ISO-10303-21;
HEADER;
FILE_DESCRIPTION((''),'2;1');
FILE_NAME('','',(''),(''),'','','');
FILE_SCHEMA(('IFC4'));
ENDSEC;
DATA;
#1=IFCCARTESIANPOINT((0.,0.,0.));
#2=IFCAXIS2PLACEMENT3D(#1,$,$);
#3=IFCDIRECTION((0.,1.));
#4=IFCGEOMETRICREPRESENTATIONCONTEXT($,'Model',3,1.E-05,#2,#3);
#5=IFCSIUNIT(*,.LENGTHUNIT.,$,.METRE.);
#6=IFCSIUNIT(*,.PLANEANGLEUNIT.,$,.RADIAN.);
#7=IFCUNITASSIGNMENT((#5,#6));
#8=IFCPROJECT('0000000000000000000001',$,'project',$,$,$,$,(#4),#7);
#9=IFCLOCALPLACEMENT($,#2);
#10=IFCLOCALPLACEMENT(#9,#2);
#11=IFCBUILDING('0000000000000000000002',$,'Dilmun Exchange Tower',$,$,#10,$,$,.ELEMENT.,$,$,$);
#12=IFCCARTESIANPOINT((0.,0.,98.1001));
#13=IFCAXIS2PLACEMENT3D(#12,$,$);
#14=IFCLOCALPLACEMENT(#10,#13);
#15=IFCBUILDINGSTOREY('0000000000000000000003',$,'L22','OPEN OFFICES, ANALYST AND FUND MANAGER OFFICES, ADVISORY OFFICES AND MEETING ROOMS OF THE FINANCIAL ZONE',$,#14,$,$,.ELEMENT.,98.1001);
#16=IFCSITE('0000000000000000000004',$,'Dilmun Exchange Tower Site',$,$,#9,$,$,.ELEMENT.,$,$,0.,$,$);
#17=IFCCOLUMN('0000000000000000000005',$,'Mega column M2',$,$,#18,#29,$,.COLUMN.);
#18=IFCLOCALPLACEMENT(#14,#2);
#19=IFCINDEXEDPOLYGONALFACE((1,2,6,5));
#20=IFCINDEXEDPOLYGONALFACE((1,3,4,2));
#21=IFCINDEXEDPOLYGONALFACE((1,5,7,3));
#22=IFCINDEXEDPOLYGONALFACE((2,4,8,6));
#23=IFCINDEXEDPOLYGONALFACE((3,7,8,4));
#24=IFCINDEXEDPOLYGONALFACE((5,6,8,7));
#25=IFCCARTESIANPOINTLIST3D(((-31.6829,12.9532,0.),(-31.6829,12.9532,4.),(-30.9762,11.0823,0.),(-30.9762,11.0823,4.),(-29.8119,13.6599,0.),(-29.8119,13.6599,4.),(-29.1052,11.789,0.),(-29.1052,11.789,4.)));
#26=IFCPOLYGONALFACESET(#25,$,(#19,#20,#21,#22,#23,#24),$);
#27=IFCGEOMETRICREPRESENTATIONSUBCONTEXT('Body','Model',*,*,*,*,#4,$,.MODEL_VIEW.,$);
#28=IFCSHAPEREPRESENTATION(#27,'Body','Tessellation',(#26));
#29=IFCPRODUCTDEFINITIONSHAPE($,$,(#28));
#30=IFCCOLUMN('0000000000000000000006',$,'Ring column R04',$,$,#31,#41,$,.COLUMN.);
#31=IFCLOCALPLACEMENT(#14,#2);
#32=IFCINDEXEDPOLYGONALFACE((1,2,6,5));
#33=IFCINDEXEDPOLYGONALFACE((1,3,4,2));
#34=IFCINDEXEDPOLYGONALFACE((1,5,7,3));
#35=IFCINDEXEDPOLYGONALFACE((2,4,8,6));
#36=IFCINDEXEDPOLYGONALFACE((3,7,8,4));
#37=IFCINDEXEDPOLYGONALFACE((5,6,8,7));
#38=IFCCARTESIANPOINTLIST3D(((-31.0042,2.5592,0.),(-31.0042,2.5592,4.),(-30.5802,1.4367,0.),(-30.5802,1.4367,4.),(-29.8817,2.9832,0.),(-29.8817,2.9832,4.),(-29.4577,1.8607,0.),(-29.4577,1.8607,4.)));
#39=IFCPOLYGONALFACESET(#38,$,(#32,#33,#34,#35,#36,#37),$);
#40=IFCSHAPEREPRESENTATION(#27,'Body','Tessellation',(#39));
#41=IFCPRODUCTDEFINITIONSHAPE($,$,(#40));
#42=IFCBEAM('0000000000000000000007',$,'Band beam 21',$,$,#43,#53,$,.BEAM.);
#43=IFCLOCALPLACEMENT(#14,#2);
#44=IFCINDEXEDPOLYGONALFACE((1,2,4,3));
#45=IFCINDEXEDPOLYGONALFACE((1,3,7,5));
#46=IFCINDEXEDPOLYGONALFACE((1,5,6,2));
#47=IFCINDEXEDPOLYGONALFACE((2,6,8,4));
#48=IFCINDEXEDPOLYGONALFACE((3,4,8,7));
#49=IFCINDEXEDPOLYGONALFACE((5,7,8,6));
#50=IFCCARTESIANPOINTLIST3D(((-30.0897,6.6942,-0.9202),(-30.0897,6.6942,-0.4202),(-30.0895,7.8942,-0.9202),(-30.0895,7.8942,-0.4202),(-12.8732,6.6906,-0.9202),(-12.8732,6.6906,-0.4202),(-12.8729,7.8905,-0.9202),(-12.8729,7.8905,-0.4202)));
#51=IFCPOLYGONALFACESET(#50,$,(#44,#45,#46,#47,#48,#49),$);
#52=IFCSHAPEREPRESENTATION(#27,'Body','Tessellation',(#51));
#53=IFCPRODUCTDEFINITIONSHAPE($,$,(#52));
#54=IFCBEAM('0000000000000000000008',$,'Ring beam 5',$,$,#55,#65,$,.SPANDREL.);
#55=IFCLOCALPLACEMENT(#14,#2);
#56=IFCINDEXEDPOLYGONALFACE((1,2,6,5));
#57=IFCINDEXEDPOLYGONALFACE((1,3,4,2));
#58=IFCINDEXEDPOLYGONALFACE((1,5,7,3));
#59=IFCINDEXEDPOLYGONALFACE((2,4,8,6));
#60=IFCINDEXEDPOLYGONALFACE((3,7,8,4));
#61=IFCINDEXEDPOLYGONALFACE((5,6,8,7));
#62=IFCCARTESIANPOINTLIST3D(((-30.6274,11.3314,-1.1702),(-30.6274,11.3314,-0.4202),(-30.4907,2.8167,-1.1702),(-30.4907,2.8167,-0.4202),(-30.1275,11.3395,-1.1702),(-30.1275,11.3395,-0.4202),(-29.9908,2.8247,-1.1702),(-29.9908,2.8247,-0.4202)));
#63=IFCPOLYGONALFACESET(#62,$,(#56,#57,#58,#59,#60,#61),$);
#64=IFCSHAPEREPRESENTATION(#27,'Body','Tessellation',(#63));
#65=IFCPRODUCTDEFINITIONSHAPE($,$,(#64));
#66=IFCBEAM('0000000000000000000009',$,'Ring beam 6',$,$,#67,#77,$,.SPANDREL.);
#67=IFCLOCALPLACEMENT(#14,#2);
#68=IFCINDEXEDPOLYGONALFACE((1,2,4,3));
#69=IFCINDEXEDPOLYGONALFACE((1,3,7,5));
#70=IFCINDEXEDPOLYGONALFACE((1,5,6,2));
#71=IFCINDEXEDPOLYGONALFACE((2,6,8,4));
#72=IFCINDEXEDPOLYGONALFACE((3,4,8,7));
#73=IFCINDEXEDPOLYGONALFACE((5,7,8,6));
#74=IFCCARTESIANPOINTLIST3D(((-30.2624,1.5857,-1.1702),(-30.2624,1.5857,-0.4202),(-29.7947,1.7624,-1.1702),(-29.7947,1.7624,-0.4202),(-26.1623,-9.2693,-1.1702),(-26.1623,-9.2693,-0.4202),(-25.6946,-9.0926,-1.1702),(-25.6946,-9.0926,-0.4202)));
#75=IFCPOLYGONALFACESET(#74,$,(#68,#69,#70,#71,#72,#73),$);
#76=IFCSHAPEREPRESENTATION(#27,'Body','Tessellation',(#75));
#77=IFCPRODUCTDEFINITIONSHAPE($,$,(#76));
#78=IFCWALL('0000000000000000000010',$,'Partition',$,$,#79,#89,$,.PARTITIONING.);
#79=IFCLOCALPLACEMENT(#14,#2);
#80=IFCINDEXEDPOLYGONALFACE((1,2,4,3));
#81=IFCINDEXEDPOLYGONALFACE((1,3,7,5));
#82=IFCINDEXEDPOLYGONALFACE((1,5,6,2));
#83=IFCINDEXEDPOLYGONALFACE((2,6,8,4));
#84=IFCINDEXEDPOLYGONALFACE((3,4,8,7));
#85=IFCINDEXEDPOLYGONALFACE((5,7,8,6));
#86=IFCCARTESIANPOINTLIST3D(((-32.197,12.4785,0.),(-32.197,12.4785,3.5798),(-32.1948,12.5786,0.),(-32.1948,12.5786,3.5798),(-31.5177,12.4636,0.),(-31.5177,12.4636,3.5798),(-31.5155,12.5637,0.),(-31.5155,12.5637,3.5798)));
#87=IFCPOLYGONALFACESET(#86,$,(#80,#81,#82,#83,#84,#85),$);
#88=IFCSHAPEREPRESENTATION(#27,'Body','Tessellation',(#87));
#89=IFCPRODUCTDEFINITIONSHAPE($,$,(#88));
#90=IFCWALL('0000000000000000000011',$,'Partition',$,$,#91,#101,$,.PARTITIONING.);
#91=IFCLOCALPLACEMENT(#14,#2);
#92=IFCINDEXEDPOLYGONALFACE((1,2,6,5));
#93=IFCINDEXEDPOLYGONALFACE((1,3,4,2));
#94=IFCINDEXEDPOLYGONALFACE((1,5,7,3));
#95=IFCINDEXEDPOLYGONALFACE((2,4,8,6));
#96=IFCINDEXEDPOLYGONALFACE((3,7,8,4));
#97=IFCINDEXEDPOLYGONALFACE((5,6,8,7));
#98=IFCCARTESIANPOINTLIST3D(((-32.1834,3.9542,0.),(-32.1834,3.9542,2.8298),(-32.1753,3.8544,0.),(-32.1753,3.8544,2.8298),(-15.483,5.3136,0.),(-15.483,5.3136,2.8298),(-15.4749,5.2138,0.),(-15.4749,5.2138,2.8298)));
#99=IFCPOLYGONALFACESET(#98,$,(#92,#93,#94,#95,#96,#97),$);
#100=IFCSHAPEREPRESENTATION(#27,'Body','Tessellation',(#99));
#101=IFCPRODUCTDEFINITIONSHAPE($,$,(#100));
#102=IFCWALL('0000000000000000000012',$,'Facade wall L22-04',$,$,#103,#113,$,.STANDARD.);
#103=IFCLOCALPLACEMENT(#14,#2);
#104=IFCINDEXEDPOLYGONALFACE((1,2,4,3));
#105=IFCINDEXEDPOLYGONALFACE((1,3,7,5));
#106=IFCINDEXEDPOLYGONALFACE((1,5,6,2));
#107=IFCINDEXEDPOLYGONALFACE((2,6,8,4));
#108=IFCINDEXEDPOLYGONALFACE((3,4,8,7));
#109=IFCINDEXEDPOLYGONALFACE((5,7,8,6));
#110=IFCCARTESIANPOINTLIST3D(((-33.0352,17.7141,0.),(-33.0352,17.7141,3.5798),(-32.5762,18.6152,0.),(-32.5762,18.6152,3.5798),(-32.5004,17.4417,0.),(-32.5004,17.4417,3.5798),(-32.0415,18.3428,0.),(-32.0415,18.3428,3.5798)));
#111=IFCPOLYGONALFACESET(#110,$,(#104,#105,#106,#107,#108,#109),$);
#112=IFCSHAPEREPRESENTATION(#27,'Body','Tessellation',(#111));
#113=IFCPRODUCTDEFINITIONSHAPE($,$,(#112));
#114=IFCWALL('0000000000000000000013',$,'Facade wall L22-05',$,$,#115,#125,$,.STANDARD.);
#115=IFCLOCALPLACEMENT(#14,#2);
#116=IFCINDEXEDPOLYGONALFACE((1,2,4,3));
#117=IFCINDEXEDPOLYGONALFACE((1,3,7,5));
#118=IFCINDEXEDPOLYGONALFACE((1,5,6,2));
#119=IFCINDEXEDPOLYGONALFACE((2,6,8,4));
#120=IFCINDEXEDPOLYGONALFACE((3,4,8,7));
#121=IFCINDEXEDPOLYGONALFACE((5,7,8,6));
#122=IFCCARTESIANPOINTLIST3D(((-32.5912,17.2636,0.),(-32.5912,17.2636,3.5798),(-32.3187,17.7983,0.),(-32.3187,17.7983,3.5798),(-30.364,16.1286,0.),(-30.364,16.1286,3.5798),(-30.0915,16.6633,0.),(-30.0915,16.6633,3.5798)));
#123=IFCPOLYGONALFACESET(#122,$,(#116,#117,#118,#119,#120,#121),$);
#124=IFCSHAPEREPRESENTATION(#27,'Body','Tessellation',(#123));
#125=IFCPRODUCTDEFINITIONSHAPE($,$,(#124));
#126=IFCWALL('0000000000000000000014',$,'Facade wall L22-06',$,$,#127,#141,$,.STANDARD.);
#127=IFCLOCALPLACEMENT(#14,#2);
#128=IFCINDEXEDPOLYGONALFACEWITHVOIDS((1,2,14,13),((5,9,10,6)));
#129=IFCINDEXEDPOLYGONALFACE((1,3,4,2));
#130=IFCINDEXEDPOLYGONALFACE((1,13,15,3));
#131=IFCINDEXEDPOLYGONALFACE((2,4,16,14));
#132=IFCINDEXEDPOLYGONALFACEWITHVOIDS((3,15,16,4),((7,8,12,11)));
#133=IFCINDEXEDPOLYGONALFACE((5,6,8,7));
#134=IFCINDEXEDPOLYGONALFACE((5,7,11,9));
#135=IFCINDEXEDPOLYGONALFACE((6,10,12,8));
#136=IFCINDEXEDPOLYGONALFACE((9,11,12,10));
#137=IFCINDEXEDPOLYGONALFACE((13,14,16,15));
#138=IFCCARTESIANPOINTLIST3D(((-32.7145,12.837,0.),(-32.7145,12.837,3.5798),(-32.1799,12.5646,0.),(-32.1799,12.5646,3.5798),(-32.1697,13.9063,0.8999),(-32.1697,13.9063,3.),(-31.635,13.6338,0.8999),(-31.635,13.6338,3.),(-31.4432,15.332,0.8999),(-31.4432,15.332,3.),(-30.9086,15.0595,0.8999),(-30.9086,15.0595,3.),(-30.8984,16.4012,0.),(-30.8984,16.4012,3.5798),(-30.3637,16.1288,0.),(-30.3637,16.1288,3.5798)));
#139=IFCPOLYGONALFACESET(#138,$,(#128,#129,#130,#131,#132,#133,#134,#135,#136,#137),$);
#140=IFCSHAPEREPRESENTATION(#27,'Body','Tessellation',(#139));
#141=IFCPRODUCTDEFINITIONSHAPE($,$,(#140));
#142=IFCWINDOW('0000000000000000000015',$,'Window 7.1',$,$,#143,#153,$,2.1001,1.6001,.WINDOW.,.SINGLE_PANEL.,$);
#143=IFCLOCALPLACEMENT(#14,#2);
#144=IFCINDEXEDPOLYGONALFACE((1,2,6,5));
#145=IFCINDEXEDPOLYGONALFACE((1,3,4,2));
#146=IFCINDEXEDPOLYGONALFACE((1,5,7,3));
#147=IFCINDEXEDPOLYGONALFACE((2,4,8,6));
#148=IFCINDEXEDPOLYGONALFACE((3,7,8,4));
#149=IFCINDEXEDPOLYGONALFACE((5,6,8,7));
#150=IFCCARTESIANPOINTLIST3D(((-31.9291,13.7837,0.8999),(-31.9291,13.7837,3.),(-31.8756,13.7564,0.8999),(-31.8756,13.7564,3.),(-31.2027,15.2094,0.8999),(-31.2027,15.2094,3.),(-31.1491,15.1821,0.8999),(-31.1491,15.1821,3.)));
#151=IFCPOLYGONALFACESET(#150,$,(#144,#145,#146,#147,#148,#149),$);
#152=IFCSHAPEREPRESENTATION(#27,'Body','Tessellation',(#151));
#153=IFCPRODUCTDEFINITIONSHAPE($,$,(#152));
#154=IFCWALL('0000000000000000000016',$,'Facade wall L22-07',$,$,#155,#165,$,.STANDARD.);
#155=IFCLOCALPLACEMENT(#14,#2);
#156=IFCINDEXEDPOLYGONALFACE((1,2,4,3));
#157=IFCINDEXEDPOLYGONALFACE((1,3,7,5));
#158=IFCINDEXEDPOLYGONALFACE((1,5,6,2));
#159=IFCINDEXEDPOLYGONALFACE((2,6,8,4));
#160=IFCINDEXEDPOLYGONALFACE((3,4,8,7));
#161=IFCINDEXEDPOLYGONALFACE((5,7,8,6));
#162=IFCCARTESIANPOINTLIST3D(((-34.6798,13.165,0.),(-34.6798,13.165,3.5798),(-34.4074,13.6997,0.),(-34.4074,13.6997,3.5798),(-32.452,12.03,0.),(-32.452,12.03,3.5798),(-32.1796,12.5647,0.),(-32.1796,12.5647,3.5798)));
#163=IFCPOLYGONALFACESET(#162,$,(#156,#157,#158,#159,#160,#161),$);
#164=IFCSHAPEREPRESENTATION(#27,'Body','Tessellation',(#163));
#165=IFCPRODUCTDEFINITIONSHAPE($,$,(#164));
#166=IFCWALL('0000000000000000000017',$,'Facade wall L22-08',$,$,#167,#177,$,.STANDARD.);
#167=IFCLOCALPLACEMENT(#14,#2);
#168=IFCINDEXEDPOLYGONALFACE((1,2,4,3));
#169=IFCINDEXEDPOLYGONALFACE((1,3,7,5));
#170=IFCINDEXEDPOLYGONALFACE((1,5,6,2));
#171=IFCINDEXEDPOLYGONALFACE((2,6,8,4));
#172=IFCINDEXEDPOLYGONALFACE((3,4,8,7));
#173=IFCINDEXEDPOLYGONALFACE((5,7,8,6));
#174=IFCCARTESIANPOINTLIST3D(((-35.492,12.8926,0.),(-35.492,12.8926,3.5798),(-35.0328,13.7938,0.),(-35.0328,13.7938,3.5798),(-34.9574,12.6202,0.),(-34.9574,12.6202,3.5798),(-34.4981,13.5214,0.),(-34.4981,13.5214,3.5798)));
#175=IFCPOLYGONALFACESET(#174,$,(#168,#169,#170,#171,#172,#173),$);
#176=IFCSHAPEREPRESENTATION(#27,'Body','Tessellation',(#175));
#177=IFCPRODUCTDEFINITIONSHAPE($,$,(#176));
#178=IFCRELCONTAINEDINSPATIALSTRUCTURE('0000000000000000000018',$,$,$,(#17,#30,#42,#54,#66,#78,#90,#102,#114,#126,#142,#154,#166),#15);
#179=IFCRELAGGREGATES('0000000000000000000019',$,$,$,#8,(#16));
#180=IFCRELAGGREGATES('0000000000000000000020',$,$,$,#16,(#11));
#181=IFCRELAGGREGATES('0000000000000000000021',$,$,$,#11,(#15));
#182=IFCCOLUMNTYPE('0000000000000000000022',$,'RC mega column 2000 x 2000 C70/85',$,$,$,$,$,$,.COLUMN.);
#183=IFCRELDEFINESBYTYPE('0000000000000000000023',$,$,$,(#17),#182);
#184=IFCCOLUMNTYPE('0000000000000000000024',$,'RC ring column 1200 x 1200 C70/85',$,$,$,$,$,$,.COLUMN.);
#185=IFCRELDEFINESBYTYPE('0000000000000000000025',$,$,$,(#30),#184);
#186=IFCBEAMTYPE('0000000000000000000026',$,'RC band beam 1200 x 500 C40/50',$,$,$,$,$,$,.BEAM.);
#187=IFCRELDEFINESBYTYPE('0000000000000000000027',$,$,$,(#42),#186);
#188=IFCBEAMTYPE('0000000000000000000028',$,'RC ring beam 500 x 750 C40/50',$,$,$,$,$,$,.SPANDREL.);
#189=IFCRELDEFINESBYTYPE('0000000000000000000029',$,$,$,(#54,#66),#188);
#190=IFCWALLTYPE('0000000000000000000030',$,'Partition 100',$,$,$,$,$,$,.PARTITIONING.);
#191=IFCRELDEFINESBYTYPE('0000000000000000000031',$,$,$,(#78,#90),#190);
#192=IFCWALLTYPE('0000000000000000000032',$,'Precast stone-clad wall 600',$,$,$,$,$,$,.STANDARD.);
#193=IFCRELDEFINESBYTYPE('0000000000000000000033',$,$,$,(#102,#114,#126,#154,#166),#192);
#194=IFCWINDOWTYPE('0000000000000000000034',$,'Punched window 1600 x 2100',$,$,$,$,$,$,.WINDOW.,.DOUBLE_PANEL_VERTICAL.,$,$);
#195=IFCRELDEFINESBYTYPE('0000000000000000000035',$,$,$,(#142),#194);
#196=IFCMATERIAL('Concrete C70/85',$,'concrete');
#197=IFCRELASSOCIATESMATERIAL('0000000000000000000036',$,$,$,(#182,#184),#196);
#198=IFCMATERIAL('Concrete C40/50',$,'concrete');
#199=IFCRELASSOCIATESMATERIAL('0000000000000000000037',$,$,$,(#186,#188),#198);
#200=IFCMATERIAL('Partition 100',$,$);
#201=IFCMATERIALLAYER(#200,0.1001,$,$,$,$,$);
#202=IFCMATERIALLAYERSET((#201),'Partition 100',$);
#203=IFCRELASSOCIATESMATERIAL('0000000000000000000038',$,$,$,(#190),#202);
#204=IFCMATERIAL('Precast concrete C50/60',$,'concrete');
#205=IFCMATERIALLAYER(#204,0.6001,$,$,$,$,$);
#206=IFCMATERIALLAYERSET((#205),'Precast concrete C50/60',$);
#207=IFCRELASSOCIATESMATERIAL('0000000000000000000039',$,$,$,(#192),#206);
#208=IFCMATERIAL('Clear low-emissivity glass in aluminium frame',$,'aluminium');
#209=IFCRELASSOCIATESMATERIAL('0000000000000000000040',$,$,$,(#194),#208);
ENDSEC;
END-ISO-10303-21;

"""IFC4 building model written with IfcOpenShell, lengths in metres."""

from ifc_helpers import new_model, si_unit, direction, frame, frame_2d, origin, origin_2d, place, context, subcontext, project, spatial, rectangle, extrude, material, layer, layer_set, material_profile, profile_set, type_object, element, fill, save


model = new_model("IFC4")

# Units and contexts
model_context = context("Model", 3, precision=1e-05, world=origin(), true_north=direction((0.0, 1.0)))
body_context = subcontext(model_context, "Body", "Model", "MODEL_VIEW")
ifc_project = project(units=[si_unit("LENGTHUNIT", "METRE"), si_unit("PLANEANGLEUNIT", "RADIAN")], contexts=[model_context])

# Site, building, storey
site_placement = place(None, origin())
site = spatial("IfcSite", under=ifc_project, at=site_placement, Name="Dilmun Exchange Tower Site", CompositionType="ELEMENT", RefElevation=0.0)
building_placement = place(site_placement, origin())
building = spatial("IfcBuilding", under=site, at=building_placement, Name="Dilmun Exchange Tower", CompositionType="ELEMENT")
storey_placement = place(building_placement, frame((0.0, 0.0, 98.1001)))
storey = spatial("IfcBuildingStorey", under=building, at=storey_placement, Name="L22", Description="OPEN OFFICES, ANALYST AND FUND MANAGER OFFICES, ADVISORY OFFICES AND MEETING ROOMS OF THE FINANCIAL ZONE", CompositionType="ELEMENT", Elevation=98.1001)

# Columns
ifc_material_1 = material(Name="Concrete C70/85", Category="concrete")
ifc_material_profile_1 = material_profile(ifc_material_1, rectangle(XDim=2.0, YDim=2.0, at=origin_2d()), Name="2000 x 2000")
ifc_profile_set_1 = profile_set([ifc_material_profile_1], Name="Concrete C70/85")
column_type_1 = type_object("IfcColumnType", Name="RC mega column 2000 x 2000 C70/85", PredefinedType="COLUMN", material=ifc_profile_set_1)
column_1_placement = place(storey_placement, frame((-30.394, 12.3711, 0.0), z_axis=(0.0, 0.0, 1.0), x_axis=(0.935492, 0.353349, 0.0)))
element("IfcColumn", 1, at=column_1_placement, inside=storey, type_object=column_type_1, Name="Mega column M2", PredefinedType="COLUMN", context=body_context, shape_type="SweptSolid", body=[
    extrude(rectangle(XDim=2.0, YDim=2.0, at=origin_2d()), origin(), (0.0, 0.0, 1.0), 4.0),
])
ifc_material_profile_2 = material_profile(ifc_material_1, rectangle(XDim=1.2, YDim=1.2, at=origin_2d()), Name="1200 x 1200")
ifc_profile_set_2 = profile_set([ifc_material_profile_2], Name="Concrete C70/85")
column_type_2 = type_object("IfcColumnType", Name="RC ring column 1200 x 1200 C70/85", PredefinedType="COLUMN", material=ifc_profile_set_2)
column_2_placement = place(storey_placement, frame((-30.231, 2.21, 0.0), z_axis=(0.0, 0.0, 1.0), x_axis=(0.935492, 0.353349, 0.0)))
element("IfcColumn", 2, at=column_2_placement, inside=storey, type_object=column_type_2, Name="Ring column R04", PredefinedType="COLUMN", context=body_context, shape_type="SweptSolid", body=[
    extrude(rectangle(XDim=1.2, YDim=1.2, at=origin_2d()), origin(), (0.0, 0.0, 1.0), 4.0),
])

# Beams
ifc_material_2 = material(Name="Concrete C40/50", Category="concrete")
ifc_material_profile_3 = material_profile(ifc_material_2, rectangle(XDim=1.2, YDim=0.5, at=origin_2d()), Name="1200 x 500")
ifc_profile_set_3 = profile_set([ifc_material_profile_3], Name="Concrete C40/50")
beam_type_1 = type_object("IfcBeamType", Name="RC band beam 1200 x 500 C40/50", PredefinedType="BEAM", material=ifc_profile_set_3)
beam_1_placement = place(storey_placement, frame((-30.0896, 7.2942, -0.6702), z_axis=(1.0, -0.000213, 0.0), x_axis=(0.000213, 1.0, 0.0)))
element("IfcBeam", 3, at=beam_1_placement, inside=storey, type_object=beam_type_1, Name="Band beam 21", PredefinedType="BEAM", context=body_context, shape_type="SweptSolid", body=[
    extrude(rectangle(XDim=1.2, YDim=0.5, at=origin_2d()), origin(), (0.0, 0.0, 1.0), 17.2166),
])
ifc_material_profile_4 = material_profile(ifc_material_2, rectangle(XDim=0.5, YDim=0.75, at=origin_2d()), Name="500 x 750")
ifc_profile_set_4 = profile_set([ifc_material_profile_4], Name="Concrete C40/50")
beam_type_2 = type_object("IfcBeamType", Name="RC ring beam 500 x 750 C40/50", PredefinedType="SPANDREL", material=ifc_profile_set_4)
beam_2_placement = place(storey_placement, frame((-30.3774, 11.3354, -0.7952), z_axis=(0.016054, -0.999871, 0.0), x_axis=(0.999871, 0.016054, 0.0)))
element("IfcBeam", 4, at=beam_2_placement, inside=storey, type_object=beam_type_2, Name="Ring beam 5", PredefinedType="SPANDREL", context=body_context, shape_type="SweptSolid", body=[
    extrude(rectangle(XDim=0.5, YDim=0.75, at=origin_2d()), origin(), (0.0, 0.0, 1.0), 8.5159),
])
beam_3_placement = place(storey_placement, frame((-30.0286, 1.6741, -0.7952), z_axis=(0.35335, -0.935491, 0.0), x_axis=(0.935491, 0.35335, 0.0)))
element("IfcBeam", 5, at=beam_3_placement, inside=storey, type_object=beam_type_2, Name="Ring beam 6", PredefinedType="SPANDREL", context=body_context, shape_type="SweptSolid", body=[
    extrude(rectangle(XDim=0.5, YDim=0.75, at=origin_2d()), origin(), (0.0, 0.0, 1.0), 11.6035),
])

# Walls
ifc_material_3 = material(Name="Partition 100")
ifc_layer_1 = layer(ifc_material_3, 0.1001)
ifc_layer_set_1 = layer_set([ifc_layer_1], Name="Partition 100")
wall_type_1 = type_object("IfcWallType", Name="Partition 100", PredefinedType="PARTITIONING", material=ifc_layer_set_1)
wall_1_placement = place(storey_placement, frame((-32.196, 12.5286, 0.0), z_axis=(0.0, 0.0, 1.0), x_axis=(0.99976, -0.021921, 0.0)))
element("IfcWall", 6, at=wall_1_placement, inside=storey, type_object=wall_type_1, Name="Partition", PredefinedType="PARTITIONING", context=body_context, shape_type="SweptSolid", body=[
    extrude(rectangle(XDim=0.6794, YDim=0.1001, at=frame_2d((0.3398, 0.0))), origin(), (0.0, 0.0, 1.0), 3.5798),
])
wall_2_placement = place(storey_placement, frame((-32.1794, 3.9043, 0.0), z_axis=(0.0, 0.0, 1.0), x_axis=(0.996704, 0.081129, 0.0)))
element("IfcWall", 7, at=wall_2_placement, inside=storey, type_object=wall_type_1, Name="Partition", PredefinedType="PARTITIONING", context=body_context, shape_type="SweptSolid", body=[
    extrude(rectangle(XDim=16.7556, YDim=0.1001, at=frame_2d((8.3779, 0.0))), origin(), (0.0, 0.0, 1.0), 2.8298),
])
ifc_material_4 = material(Name="Precast concrete C50/60", Category="concrete")
ifc_layer_2 = layer(ifc_material_4, 0.6001)
ifc_layer_set_2 = layer_set([ifc_layer_2], Name="Precast concrete C50/60")
wall_type_2 = type_object("IfcWallType", Name="Precast stone-clad wall 600", PredefinedType="STANDARD", material=ifc_layer_set_2)
wall_3_placement = place(storey_placement, frame((-32.3088, 18.479, 0.0), z_axis=(0.0, 0.0, 1.0), x_axis=(-0.453864, -0.891071, 0.0)))
element("IfcWall", 8, at=wall_3_placement, inside=storey, type_object=wall_type_2, Name="Facade wall L22-04", PredefinedType="STANDARD", context=body_context, shape_type="SweptSolid", body=[
    extrude(rectangle(XDim=1.0112, YDim=0.6001, at=frame_2d((0.5056, 0.0))), origin(), (0.0, 0.0, 1.0), 3.5798),
])
wall_4_placement = place(storey_placement, frame((-32.4551, 17.531, 0.0), z_axis=(0.0, 0.0, 1.0), x_axis=(0.890983, -0.454037, 0.0)))
element("IfcWall", 9, at=wall_4_placement, inside=storey, type_object=wall_type_2, Name="Facade wall L22-05", PredefinedType="STANDARD", context=body_context, shape_type="SweptSolid", body=[
    extrude(rectangle(XDim=2.4998, YDim=0.6001, at=frame_2d((1.25, 0.0))), origin(), (0.0, 0.0, 1.0), 3.5798),
])

# Wall, opening, window
wall_5_placement = place(storey_placement, frame((-30.6311, 16.2649, 0.0), z_axis=(0.0, 0.0, 1.0), x_axis=(-0.454012, -0.890996, 0.0)))
wall_5 = element("IfcWall", 10, at=wall_5_placement, inside=storey, type_object=wall_type_2, Name="Facade wall L22-06", PredefinedType="STANDARD", context=body_context, shape_type="SweptSolid", body=[
    extrude(rectangle(XDim=4.0002, YDim=0.6001, at=frame_2d((2.0, 0.0))), origin(), (0.0, 0.0, 1.0), 3.5798),
])
opening_1_placement = place(wall_5_placement, frame((1.2, 0.0, 0.8999)))
opening_1 = element("IfcOpeningElement", 11, at=opening_1_placement, cuts=wall_5, PredefinedType="OPENING", context=body_context, shape_type="SweptSolid", body=[
    extrude(rectangle(XDim=1.6001, YDim=2.1001, at=frame_2d((0.8, 1.05))), frame((0.0, 0.3101, 0.0), z_axis=(0.0, -1.0, 0.0), x_axis=(1.0, 0.0, 0.0)), (0.0, 0.0, 1.0), 0.6201),
])
ifc_material_5 = material(Name="Clear low-emissivity glass in aluminium frame", Category="aluminium")
window_type_1 = type_object("IfcWindowType", Name="Punched window 1600 x 2100", PartitioningType="DOUBLE_PANEL_VERTICAL", PredefinedType="WINDOW", material=ifc_material_5)
window_1_placement = place(opening_1_placement, origin())
window_1 = element("IfcWindow", 12, at=window_1_placement, inside=storey, type_object=window_type_1, Name="Window 7.1", OverallHeight=2.1001, OverallWidth=1.6001, PartitioningType="SINGLE_PANEL", PredefinedType="WINDOW", context=body_context, shape_type="SweptSolid", body=[
    extrude(rectangle(XDim=1.6001, YDim=2.1001, at=frame_2d((0.8, 1.05))), frame((0.0, 0.03, 0.0), z_axis=(0.0, -1.0, 0.0), x_axis=(1.0, 0.0, 0.0)), (0.0, 0.0, 1.0), 0.0601),
])
fill(opening_1, window_1)

# Walls
wall_6_placement = place(storey_placement, frame((-32.3159, 12.2974, 0.0), z_axis=(0.0, 0.0, 1.0), x_axis=(-0.891023, 0.453958, 0.0)))
element("IfcWall", 13, at=wall_6_placement, inside=storey, type_object=wall_type_2, Name="Facade wall L22-07", PredefinedType="STANDARD", context=body_context, shape_type="SweptSolid", body=[
    extrude(rectangle(XDim=2.5002, YDim=0.6001, at=frame_2d((1.25, 0.0))), origin(), (0.0, 0.0, 1.0), 3.5798),
])
wall_7_placement = place(storey_placement, frame((-34.7654, 13.6577, 0.0), z_axis=(0.0, 0.0, 1.0), x_axis=(-0.454056, -0.890973, 0.0)))
element("IfcWall", 14, at=wall_7_placement, inside=storey, type_object=wall_type_2, Name="Facade wall L22-08", PredefinedType="STANDARD", context=body_context, shape_type="SweptSolid", body=[
    extrude(rectangle(XDim=1.0115, YDim=0.6001, at=frame_2d((0.5059, 0.0))), origin(), (0.0, 0.0, 1.0), 3.5798),
])

save(model, "model.ifc")
